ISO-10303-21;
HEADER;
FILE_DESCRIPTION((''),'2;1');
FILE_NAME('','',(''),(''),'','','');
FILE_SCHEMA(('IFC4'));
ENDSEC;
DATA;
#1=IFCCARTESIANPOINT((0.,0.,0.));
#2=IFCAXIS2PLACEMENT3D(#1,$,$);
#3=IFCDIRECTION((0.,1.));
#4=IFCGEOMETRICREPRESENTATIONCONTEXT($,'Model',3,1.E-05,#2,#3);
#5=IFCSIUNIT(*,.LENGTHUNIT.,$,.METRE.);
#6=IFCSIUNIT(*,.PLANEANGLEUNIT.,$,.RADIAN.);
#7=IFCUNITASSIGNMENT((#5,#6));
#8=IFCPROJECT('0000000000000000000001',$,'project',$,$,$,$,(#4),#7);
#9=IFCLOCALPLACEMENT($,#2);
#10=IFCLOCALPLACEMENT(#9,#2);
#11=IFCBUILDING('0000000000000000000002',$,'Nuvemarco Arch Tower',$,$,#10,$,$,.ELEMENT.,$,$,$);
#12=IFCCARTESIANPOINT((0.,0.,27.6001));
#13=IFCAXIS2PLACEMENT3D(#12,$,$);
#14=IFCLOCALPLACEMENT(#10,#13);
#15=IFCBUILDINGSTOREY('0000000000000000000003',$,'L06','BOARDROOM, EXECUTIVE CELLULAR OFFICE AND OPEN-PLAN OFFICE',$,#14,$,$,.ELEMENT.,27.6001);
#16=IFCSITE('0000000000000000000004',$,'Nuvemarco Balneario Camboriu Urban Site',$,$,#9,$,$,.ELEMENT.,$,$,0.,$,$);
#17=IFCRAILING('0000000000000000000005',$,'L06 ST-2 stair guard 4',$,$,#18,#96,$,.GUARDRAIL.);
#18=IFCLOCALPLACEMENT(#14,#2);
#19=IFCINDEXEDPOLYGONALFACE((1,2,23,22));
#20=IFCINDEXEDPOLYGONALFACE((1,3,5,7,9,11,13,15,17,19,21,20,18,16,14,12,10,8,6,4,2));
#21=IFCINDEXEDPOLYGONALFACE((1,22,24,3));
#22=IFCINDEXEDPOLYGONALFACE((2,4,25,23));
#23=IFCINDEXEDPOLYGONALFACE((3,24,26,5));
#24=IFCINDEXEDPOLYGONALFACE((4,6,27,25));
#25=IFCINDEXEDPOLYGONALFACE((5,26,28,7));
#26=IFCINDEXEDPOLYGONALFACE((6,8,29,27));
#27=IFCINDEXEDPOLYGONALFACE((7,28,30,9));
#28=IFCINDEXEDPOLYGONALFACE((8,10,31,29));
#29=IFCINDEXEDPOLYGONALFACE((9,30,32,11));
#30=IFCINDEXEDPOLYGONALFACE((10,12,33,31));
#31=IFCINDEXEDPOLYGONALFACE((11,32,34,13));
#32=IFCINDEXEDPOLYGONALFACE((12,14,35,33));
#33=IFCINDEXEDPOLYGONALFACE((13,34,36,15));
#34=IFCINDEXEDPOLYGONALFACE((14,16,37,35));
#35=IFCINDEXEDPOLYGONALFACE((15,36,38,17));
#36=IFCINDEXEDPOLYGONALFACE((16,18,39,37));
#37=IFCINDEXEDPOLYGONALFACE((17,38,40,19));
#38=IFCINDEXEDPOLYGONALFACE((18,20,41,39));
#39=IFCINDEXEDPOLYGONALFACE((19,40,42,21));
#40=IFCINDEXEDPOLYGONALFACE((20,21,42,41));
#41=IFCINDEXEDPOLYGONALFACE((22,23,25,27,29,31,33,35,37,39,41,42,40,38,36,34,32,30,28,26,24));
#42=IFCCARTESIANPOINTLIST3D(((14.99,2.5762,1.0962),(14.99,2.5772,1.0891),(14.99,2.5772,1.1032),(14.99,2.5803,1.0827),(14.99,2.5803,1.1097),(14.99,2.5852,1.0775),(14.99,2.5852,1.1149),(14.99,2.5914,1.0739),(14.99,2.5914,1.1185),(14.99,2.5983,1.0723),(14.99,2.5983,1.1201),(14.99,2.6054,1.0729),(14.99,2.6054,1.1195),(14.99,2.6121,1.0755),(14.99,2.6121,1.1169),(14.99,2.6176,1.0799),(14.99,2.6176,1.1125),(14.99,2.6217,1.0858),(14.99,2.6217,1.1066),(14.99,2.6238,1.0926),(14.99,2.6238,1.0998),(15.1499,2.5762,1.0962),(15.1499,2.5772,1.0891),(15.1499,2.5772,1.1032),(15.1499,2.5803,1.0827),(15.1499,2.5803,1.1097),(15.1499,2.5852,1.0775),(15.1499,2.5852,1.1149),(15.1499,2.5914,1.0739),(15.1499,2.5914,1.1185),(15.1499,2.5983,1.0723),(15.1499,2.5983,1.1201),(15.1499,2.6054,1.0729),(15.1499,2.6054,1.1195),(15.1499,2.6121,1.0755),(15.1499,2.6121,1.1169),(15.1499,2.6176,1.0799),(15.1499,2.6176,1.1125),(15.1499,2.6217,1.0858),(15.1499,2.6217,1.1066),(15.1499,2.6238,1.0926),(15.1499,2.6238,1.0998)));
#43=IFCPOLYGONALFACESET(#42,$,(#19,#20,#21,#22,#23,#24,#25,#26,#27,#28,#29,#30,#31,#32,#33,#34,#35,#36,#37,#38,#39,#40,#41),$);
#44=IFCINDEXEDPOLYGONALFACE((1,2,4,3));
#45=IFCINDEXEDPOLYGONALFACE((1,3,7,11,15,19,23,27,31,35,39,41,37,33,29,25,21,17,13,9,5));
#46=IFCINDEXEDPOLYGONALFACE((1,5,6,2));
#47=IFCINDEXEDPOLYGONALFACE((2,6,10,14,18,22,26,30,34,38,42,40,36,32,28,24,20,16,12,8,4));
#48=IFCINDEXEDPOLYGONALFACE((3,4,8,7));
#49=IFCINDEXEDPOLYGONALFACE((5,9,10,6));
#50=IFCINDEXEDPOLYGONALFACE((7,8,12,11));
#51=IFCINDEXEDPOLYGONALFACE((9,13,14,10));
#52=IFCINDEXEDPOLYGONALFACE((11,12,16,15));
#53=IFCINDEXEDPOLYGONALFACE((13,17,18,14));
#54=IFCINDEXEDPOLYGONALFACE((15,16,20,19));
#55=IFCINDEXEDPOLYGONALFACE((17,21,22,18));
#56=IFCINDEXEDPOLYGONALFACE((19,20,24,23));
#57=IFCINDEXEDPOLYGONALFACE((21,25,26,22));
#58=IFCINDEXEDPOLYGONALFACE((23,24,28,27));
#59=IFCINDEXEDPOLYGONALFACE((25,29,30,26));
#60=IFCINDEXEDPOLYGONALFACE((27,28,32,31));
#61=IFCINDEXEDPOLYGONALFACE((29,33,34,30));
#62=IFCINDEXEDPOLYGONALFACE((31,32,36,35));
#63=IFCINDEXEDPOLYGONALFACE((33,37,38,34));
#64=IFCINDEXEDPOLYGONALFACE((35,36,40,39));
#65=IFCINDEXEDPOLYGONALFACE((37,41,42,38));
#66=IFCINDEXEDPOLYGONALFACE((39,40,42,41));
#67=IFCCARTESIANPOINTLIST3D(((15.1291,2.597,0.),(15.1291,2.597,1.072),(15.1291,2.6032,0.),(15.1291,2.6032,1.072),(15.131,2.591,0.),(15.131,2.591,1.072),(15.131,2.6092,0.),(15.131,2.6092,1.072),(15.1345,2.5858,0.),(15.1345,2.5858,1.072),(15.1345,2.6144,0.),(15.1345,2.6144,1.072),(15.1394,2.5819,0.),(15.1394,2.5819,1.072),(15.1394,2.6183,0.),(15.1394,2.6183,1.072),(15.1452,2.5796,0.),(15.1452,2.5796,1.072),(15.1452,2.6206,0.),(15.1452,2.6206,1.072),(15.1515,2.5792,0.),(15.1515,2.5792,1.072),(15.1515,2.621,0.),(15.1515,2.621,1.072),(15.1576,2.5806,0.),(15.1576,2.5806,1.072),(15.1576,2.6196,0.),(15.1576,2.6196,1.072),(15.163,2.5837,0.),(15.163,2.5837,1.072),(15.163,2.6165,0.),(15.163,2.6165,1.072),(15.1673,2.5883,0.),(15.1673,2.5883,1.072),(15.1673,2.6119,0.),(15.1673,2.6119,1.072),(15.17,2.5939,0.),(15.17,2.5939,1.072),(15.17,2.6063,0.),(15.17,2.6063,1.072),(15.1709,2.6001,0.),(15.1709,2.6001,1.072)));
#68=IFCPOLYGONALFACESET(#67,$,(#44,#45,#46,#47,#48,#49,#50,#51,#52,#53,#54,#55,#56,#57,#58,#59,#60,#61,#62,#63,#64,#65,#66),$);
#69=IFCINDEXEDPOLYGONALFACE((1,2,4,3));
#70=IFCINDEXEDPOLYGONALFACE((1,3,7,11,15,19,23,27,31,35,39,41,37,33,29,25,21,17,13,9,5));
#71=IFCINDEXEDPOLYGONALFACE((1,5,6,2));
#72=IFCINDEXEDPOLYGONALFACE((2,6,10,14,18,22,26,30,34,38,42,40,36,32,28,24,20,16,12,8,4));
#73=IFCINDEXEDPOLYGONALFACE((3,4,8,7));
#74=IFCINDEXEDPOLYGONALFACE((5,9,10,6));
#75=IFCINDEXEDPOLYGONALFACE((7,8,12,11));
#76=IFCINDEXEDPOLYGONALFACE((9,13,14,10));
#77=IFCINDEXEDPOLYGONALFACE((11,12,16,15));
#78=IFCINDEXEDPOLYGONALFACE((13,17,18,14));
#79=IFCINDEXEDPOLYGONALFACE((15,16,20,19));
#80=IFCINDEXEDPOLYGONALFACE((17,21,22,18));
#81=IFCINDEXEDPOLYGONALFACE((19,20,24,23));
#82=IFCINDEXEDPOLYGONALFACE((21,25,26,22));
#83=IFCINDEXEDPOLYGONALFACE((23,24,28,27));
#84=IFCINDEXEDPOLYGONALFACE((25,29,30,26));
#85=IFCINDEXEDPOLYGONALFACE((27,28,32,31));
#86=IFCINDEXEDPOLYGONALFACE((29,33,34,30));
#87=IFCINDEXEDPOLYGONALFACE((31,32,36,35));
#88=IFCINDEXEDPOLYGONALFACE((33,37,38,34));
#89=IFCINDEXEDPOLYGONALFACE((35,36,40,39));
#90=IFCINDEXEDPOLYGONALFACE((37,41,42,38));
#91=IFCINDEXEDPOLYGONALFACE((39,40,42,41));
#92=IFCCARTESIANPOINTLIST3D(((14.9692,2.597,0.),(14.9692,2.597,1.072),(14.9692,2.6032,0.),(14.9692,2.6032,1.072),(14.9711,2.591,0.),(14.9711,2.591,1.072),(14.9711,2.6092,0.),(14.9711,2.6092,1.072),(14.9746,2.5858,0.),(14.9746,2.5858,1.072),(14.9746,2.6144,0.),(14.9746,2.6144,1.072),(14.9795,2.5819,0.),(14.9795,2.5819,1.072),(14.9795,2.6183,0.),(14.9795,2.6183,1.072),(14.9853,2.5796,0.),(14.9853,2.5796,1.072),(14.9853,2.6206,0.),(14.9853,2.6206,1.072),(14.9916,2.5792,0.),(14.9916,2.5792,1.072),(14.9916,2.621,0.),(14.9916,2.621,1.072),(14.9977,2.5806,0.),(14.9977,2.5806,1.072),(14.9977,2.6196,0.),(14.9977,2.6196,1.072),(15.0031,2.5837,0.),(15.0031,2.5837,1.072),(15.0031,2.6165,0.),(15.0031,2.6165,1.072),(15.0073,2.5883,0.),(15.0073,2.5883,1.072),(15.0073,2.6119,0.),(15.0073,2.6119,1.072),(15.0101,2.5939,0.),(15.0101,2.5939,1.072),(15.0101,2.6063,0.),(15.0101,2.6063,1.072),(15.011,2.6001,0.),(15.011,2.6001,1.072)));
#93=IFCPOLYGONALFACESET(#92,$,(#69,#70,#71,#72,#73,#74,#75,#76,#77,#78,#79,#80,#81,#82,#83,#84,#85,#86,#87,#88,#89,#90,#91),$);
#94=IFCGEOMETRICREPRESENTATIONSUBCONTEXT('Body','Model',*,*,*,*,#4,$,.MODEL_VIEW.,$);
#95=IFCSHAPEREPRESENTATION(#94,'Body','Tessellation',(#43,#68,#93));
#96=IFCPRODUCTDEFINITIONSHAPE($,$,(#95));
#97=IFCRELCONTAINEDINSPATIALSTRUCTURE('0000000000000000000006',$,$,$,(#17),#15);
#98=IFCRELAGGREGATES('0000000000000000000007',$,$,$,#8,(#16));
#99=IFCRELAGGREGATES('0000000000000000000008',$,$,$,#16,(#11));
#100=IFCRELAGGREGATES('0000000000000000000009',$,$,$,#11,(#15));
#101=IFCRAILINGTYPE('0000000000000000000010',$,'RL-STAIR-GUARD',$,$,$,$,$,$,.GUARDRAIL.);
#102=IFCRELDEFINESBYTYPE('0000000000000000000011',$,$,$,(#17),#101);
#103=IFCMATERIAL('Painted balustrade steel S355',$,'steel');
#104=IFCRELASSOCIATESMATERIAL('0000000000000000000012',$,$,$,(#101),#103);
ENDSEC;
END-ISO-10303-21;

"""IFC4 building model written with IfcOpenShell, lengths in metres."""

from ifc_helpers import new_model, si_unit, direction, frame, origin, origin_2d, place, context, subcontext, project, spatial, circle, extrude, material, type_object, element, save


model = new_model("IFC4")

# Units and contexts
model_context = context("Model", 3, precision=1e-05, world=origin(), true_north=direction((0.0, 1.0)))
body_context = subcontext(model_context, "Body", "Model", "MODEL_VIEW")
ifc_project = project(units=[si_unit("LENGTHUNIT", "METRE"), si_unit("PLANEANGLEUNIT", "RADIAN")], contexts=[model_context])

# Site, building, storey
site_placement = place(None, origin())
site = spatial("IfcSite", under=ifc_project, at=site_placement, Name="Nuvemarco Balneario Camboriu Urban Site", CompositionType="ELEMENT", RefElevation=0.0)
building_placement = place(site_placement, origin())
building = spatial("IfcBuilding", under=site, at=building_placement, Name="Nuvemarco Arch Tower", CompositionType="ELEMENT")
storey_placement = place(building_placement, frame((0.0, 0.0, 27.6001)))
storey = spatial("IfcBuildingStorey", under=building, at=storey_placement, Name="L06", Description="BOARDROOM, EXECUTIVE CELLULAR OFFICE AND OPEN-PLAN OFFICE", CompositionType="ELEMENT", Elevation=27.6001)

# Railing
ifc_material_1 = material(Name="Painted balustrade steel S355", Category="steel")
railing_type_1 = type_object("IfcRailingType", Name="RL-STAIR-GUARD", PredefinedType="GUARDRAIL", material=ifc_material_1)
railing_1_placement = place(storey_placement, frame((15.1499, 2.6001, 0.0)))
element("IfcRailing", 1, at=railing_1_placement, inside=storey, type_object=railing_type_1, Name="L06 ST-2 stair guard 4", PredefinedType="GUARDRAIL", context=body_context, shape_type="SweptSolid", body=[
    extrude(circle(Radius=0.0239, at=origin_2d()), frame((0.0, 0.0, 1.0962), z_axis=(-1.0, 0.0, 0.0), x_axis=(0.0, -1.0, 0.0)), (0.0, 0.0, 1.0), 0.1599),
    extrude(circle(Radius=0.021, at=origin_2d()), origin(), (0.0, 0.0, 1.0), 1.072),
    extrude(circle(Radius=0.021, at=origin_2d()), frame((-0.1599, 0.0, 0.0)), (0.0, 0.0, 1.0), 1.072),
])

save(model, "model.ifc")
